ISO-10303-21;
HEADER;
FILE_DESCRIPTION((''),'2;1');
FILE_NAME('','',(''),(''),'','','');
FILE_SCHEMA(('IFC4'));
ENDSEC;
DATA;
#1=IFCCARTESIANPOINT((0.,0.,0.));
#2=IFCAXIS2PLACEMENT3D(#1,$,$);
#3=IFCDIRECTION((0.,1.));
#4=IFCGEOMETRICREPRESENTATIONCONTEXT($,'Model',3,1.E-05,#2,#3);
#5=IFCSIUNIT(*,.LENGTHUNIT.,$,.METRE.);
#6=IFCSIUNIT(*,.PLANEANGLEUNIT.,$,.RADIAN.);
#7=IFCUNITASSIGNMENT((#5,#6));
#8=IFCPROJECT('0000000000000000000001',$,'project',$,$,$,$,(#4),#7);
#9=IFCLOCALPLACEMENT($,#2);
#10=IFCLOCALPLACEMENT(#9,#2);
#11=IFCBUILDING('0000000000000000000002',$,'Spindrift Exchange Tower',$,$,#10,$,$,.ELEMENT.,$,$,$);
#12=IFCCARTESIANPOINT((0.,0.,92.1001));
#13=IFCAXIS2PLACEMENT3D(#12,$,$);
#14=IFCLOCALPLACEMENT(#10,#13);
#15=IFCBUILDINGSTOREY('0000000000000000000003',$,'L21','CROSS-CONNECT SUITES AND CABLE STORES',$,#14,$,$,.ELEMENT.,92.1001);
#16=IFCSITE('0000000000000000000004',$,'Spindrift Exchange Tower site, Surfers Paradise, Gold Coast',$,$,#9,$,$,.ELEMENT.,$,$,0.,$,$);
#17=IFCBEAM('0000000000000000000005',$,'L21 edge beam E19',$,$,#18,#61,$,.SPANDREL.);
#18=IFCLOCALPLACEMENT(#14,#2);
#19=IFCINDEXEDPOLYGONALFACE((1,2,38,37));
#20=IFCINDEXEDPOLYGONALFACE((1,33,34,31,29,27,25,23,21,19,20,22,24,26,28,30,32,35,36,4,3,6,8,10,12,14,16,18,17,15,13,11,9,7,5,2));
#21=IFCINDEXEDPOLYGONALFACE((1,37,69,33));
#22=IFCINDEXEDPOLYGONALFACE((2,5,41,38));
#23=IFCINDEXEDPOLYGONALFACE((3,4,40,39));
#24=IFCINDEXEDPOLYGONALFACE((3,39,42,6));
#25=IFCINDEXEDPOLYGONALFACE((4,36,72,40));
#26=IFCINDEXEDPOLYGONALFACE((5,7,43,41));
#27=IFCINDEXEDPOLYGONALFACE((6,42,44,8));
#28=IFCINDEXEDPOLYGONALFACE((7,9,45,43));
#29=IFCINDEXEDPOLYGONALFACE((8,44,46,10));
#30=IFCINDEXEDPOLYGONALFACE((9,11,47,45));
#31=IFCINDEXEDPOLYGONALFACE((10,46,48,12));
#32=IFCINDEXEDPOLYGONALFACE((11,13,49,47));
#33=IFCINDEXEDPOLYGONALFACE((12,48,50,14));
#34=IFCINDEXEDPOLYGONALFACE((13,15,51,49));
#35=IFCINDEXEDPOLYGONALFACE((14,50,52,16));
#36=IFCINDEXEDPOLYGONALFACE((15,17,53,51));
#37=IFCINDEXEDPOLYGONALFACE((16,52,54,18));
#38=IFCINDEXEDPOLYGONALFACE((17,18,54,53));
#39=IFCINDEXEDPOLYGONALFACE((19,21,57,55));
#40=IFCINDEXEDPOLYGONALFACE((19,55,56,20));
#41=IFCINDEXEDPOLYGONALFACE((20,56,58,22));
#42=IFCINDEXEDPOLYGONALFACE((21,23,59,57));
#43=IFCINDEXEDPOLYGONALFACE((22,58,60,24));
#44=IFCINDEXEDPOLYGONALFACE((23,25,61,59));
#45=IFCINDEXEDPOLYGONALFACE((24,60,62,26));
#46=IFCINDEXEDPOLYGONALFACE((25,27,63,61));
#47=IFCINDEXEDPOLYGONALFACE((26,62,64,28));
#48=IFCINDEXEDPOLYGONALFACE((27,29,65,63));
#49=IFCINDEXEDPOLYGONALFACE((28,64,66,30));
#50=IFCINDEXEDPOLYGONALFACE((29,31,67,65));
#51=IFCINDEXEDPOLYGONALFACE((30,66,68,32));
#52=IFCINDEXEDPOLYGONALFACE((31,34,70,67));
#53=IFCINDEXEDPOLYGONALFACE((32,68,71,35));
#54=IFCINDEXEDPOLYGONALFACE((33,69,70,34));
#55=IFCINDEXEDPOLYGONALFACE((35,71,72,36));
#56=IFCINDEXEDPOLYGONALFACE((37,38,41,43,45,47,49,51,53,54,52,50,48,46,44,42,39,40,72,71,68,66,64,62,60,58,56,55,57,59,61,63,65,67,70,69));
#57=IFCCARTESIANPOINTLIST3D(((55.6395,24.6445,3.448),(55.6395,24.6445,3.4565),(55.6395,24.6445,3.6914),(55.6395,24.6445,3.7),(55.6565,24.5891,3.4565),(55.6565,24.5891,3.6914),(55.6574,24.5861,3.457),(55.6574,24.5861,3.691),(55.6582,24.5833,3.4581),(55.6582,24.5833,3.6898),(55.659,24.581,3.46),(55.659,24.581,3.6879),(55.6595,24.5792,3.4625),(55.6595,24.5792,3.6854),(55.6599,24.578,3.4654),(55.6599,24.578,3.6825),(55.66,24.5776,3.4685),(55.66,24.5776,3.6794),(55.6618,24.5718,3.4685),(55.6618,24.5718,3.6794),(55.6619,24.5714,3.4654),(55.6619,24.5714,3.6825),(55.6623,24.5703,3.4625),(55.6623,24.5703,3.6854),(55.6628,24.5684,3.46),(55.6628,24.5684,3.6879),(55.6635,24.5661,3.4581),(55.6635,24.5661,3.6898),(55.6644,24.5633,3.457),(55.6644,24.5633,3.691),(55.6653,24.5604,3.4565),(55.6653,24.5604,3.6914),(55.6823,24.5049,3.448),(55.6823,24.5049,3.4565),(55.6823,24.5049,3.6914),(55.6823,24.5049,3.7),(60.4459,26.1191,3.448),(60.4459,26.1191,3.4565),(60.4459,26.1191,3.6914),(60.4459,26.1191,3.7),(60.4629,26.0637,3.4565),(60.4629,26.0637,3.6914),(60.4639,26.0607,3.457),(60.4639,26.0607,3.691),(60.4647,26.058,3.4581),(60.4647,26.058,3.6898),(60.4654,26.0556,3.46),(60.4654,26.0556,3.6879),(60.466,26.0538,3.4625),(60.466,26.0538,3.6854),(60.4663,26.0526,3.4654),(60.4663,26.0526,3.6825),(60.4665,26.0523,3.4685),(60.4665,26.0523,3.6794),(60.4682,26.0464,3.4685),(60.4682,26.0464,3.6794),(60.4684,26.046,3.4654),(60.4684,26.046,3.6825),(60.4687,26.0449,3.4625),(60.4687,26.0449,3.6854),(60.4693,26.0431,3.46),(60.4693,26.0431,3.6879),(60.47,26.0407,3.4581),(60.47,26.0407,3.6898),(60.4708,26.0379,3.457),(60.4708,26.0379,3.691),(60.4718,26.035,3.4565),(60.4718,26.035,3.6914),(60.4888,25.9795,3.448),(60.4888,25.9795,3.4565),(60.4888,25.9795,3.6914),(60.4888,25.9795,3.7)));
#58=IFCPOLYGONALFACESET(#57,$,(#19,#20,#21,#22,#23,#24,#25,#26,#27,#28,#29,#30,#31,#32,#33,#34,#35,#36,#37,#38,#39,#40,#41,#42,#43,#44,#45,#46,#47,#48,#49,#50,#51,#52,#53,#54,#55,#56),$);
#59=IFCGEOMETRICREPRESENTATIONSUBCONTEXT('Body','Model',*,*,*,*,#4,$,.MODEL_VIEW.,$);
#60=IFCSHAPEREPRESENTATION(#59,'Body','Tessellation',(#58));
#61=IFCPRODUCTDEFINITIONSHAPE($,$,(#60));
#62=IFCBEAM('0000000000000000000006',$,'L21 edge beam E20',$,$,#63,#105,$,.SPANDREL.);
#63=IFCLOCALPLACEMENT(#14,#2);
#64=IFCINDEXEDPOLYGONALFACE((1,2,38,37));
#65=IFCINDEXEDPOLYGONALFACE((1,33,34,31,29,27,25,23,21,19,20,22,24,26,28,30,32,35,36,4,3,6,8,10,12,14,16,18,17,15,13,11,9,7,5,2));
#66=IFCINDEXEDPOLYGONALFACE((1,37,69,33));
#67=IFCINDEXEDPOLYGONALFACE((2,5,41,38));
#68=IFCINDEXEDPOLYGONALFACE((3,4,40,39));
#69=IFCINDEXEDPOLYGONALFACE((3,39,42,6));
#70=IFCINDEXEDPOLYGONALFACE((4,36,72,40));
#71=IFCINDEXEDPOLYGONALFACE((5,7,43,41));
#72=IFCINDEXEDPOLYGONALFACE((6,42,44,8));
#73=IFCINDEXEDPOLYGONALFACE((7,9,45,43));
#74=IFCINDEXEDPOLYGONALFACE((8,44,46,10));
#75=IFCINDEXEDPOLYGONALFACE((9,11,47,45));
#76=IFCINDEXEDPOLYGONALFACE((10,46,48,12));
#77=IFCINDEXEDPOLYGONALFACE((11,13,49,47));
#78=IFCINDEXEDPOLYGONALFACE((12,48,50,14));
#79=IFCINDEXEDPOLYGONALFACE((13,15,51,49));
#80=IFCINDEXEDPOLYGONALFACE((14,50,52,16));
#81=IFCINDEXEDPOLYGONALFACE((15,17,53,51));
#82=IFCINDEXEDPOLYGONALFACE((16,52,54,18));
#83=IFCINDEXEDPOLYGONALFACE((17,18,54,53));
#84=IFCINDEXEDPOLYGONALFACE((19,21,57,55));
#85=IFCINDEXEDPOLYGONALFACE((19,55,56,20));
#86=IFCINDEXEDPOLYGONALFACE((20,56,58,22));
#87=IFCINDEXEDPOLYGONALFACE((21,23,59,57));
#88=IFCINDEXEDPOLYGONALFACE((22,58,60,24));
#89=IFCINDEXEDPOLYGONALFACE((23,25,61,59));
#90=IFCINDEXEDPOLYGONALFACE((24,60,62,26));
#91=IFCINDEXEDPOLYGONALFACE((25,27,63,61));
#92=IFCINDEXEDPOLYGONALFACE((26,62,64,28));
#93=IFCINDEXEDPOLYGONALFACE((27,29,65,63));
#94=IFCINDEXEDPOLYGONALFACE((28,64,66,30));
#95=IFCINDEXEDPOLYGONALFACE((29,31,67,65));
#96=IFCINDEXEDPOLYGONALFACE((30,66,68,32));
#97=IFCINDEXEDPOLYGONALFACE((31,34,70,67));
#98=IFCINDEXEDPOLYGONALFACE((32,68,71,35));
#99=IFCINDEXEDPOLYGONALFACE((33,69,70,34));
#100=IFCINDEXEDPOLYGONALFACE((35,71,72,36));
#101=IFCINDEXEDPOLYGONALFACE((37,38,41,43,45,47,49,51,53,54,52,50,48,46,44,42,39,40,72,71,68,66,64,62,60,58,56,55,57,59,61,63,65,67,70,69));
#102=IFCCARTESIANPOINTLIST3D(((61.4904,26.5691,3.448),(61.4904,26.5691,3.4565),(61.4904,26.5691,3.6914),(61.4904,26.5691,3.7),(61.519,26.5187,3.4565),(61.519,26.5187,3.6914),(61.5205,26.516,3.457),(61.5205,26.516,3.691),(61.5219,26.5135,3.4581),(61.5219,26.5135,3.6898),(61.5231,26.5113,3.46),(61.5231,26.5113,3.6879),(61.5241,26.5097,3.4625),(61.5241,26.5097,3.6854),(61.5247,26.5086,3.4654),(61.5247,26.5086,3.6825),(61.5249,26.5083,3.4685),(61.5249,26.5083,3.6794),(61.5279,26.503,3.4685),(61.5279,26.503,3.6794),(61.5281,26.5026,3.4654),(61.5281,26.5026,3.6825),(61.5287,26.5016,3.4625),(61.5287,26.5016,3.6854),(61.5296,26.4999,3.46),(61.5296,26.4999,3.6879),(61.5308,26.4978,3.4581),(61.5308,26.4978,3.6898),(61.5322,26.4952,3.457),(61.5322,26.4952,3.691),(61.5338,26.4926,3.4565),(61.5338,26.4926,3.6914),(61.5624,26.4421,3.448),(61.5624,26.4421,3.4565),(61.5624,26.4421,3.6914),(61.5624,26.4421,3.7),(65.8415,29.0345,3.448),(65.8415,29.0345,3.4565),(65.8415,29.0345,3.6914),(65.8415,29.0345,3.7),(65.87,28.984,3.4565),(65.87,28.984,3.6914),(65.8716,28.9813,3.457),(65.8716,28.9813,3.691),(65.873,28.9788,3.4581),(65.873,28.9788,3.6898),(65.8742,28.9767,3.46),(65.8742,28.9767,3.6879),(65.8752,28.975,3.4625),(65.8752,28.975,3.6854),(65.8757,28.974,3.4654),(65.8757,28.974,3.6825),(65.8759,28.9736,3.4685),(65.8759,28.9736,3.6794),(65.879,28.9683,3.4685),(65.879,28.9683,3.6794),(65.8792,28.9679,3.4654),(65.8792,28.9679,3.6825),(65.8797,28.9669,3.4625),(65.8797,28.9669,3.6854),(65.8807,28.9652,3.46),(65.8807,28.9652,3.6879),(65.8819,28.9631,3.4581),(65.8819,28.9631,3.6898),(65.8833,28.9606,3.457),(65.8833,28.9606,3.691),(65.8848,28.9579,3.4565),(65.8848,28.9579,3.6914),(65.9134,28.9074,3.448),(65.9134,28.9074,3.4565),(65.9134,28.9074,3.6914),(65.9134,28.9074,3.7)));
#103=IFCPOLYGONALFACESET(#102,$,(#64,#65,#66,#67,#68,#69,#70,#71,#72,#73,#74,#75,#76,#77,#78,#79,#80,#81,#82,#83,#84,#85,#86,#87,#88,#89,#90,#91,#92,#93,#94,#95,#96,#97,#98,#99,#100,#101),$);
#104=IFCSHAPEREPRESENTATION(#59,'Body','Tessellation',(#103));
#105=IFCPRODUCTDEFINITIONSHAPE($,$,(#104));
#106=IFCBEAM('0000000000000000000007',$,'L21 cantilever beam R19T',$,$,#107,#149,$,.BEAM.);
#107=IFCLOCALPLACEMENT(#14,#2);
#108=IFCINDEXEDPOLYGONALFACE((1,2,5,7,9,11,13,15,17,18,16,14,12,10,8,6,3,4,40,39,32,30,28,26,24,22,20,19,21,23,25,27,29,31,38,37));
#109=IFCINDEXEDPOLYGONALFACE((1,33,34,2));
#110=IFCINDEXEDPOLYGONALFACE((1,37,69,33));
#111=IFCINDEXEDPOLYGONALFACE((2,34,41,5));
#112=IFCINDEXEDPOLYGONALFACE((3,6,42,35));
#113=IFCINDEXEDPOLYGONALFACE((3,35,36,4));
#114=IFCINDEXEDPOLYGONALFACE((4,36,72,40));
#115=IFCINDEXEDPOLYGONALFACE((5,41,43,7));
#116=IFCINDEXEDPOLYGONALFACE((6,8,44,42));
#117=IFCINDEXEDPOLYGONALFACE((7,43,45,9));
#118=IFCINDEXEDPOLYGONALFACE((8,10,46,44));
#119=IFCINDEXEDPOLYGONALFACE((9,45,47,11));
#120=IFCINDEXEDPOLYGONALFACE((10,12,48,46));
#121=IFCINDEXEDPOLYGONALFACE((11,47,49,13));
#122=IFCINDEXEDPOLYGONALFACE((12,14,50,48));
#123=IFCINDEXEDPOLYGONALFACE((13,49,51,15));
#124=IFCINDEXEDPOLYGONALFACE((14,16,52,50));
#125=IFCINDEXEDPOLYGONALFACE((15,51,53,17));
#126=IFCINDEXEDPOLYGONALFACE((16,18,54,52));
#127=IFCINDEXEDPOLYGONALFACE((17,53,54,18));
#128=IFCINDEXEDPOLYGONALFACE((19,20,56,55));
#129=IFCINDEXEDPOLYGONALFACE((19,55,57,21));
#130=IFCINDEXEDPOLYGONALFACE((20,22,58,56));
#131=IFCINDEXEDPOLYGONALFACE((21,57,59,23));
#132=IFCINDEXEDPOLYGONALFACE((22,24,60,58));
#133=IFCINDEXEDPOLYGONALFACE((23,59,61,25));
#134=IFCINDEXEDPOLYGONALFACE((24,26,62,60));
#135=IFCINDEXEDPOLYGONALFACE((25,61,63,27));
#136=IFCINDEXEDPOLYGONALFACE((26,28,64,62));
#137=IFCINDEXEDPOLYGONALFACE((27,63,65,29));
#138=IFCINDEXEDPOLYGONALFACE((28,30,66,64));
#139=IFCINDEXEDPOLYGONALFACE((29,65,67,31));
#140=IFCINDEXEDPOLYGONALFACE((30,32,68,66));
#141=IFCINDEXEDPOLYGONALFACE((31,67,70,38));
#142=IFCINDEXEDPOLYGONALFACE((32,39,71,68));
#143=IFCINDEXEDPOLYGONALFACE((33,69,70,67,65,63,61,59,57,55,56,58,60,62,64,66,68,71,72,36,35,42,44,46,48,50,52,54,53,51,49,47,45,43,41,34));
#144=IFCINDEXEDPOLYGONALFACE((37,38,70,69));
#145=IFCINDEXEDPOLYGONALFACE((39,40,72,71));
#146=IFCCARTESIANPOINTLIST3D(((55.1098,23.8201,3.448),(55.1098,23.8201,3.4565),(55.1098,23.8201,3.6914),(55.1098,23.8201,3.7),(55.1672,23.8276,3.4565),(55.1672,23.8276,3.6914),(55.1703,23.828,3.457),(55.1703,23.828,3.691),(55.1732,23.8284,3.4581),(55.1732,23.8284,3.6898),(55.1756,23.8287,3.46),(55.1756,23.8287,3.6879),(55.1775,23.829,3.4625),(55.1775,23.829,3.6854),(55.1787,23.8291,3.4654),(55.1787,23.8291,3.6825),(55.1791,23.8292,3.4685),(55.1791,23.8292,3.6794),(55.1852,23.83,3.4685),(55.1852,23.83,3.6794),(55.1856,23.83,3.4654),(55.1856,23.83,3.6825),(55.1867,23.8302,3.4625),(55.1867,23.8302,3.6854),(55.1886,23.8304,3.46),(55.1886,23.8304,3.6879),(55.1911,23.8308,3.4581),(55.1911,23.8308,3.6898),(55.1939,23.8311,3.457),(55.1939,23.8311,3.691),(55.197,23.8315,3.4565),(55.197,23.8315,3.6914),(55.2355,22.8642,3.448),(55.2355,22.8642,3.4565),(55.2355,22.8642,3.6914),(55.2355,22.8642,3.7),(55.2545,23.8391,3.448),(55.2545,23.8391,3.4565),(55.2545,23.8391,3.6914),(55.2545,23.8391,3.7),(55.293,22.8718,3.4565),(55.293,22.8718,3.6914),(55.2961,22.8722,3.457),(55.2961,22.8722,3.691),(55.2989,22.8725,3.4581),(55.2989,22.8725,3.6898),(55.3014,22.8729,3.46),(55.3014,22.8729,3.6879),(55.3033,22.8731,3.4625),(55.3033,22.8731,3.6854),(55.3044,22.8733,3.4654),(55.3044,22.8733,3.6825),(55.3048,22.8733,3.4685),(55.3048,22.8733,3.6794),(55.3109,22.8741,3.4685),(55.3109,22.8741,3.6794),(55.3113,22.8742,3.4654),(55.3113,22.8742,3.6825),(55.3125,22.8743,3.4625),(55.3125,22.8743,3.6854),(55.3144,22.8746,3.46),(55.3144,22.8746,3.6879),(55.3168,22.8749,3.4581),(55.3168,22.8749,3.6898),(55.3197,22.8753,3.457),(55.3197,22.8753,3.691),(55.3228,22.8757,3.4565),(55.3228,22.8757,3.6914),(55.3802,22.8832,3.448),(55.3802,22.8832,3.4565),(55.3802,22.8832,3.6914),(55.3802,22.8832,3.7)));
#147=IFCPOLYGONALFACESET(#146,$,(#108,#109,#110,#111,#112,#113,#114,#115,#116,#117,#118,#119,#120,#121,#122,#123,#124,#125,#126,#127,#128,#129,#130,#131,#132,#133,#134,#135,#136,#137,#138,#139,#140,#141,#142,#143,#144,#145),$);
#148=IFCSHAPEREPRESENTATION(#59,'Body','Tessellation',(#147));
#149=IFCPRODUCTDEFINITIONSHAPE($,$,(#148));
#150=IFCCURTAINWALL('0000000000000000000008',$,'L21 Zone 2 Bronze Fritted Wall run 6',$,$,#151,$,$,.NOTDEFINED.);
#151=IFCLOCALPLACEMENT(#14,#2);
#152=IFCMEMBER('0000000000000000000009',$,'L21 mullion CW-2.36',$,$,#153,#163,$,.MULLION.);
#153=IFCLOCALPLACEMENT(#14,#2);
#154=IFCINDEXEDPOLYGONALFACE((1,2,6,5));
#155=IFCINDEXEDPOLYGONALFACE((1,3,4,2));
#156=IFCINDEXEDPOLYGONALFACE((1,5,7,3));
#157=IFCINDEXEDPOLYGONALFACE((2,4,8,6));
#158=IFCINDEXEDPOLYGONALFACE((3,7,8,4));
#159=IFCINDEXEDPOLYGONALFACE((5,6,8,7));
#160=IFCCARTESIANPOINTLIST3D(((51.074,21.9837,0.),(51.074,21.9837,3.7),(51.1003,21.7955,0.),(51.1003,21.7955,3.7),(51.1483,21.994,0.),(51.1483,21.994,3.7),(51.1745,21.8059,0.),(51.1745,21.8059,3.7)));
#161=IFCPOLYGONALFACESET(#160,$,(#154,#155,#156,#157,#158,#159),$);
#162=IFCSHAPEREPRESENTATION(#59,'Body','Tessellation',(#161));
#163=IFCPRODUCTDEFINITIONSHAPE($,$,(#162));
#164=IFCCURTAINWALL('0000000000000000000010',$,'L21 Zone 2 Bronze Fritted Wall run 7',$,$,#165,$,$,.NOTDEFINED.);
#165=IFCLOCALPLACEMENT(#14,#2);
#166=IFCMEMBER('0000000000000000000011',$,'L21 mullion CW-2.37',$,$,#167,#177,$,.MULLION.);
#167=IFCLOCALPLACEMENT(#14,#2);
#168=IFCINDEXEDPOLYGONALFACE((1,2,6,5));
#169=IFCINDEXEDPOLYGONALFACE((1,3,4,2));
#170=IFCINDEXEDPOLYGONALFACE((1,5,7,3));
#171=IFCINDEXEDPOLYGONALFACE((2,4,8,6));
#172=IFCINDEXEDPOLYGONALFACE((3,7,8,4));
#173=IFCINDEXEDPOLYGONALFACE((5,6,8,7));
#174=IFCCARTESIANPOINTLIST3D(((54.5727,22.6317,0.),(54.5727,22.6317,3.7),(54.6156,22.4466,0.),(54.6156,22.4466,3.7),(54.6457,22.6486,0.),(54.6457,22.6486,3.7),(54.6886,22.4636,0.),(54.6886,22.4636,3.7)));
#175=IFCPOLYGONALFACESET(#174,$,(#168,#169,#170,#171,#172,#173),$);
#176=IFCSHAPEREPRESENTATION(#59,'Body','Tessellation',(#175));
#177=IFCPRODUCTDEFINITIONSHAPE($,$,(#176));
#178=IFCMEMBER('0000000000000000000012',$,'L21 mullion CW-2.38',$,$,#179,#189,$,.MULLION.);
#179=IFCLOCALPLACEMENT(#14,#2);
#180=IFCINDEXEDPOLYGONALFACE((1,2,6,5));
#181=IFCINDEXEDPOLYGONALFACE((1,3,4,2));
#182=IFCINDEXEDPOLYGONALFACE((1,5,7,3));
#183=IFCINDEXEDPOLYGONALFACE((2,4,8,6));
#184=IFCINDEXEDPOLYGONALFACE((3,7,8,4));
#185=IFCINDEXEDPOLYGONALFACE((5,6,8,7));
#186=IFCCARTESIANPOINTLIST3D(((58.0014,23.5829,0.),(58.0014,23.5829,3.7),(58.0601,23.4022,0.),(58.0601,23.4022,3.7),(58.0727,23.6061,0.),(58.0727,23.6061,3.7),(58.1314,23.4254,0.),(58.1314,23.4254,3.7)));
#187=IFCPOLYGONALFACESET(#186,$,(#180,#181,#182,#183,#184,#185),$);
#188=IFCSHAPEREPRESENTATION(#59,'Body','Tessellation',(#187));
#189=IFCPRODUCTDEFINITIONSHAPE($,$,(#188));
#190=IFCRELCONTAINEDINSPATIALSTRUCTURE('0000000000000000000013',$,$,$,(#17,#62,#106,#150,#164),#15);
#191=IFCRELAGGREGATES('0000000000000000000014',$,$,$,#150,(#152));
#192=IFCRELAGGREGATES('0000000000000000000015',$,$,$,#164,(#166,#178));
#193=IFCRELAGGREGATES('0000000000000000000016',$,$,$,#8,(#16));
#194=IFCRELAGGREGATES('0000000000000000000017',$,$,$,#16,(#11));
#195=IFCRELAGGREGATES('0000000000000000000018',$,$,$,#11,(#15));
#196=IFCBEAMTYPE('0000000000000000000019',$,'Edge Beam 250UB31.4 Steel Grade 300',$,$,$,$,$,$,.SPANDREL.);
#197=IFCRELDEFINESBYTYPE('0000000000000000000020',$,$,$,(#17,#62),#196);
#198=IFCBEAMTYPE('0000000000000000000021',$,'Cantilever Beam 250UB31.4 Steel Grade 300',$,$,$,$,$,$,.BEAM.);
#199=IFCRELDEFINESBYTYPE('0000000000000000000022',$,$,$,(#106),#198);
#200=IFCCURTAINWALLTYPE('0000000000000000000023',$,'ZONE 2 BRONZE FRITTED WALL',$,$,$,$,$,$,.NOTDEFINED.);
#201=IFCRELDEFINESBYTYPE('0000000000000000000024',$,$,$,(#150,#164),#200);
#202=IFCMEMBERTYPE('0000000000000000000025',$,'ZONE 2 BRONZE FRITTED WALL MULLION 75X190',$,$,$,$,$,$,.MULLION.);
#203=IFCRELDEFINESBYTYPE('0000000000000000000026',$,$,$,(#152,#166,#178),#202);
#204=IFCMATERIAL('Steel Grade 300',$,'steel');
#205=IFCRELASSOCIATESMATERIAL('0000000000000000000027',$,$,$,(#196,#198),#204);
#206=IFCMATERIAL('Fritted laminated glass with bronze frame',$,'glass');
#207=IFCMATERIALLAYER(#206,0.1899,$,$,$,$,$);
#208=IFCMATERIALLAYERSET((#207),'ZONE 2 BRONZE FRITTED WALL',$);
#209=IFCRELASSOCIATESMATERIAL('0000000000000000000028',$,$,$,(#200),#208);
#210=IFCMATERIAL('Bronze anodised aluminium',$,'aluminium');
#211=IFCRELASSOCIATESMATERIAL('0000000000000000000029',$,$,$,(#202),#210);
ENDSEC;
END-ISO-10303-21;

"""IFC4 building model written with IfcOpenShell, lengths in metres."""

from ifc_helpers import new_model, si_unit, direction, frame, origin, origin_2d, place, context, subcontext, project, spatial, rectangle, i_section, extrude, source, transform, mapped, material, layer, layer_set, material_profile, profile_set, type_object, element, aggregate, save


model = new_model("IFC4")

# Units and contexts
model_context = context("Model", 3, precision=1e-05, world=origin(), true_north=direction((0.0, 1.0)))
body_context = subcontext(model_context, "Body", "Model", "MODEL_VIEW")
ifc_project = project(units=[si_unit("LENGTHUNIT", "METRE"), si_unit("PLANEANGLEUNIT", "RADIAN")], contexts=[model_context])

# Site, building, storey
site_placement = place(None, origin())
site = spatial("IfcSite", under=ifc_project, at=site_placement, Name="Spindrift Exchange Tower site, Surfers Paradise, Gold Coast", CompositionType="ELEMENT", RefElevation=0.0)
building_placement = place(site_placement, origin())
building = spatial("IfcBuilding", under=site, at=building_placement, Name="Spindrift Exchange Tower", CompositionType="ELEMENT")
storey_placement = place(building_placement, frame((0.0, 0.0, 92.1001)))
storey = spatial("IfcBuildingStorey", under=building, at=storey_placement, Name="L21", Description="CROSS-CONNECT SUITES AND CABLE STORES", CompositionType="ELEMENT", Elevation=92.1001)

# Beams
ifc_material_1 = material(Name="Steel Grade 300", Category="steel")
ifc_material_profile_1 = material_profile(ifc_material_1, i_section(OverallWidth=0.146, OverallDepth=0.252, WebThickness=0.0061, FlangeThickness=0.0085, FilletRadius=0.012, at=origin_2d()), Name="250UB31.4")
ifc_profile_set_1 = profile_set([ifc_material_profile_1], Name="Steel Grade 300")
beam_type_1 = type_object("IfcBeamType", Name="Edge Beam 250UB31.4 Steel Grade 300", PredefinedType="SPANDREL", material=ifc_profile_set_1)
shared_shape_1 = source(origin(), body_context, "Body", "SweptSolid", [
    extrude(i_section(OverallWidth=0.146, OverallDepth=0.252, WebThickness=0.0061, FlangeThickness=0.0085, FilletRadius=0.012, at=origin_2d()), origin(), (0.0, 0.0, 1.0), 5.0276),
])
beam_1_placement = place(storey_placement, frame((55.6609, 24.5747, 3.574), z_axis=(0.956018, 0.293308, 0.0), x_axis=(-0.293308, 0.956018, 0.0)))
element("IfcBeam", 1, at=beam_1_placement, inside=storey, type_object=beam_type_1, Name="L21 edge beam E19", PredefinedType="SPANDREL", context=body_context, shape_type="MappedRepresentation", body=[
    mapped(shared_shape_1, transform((0.0, 0.0, 0.0), scale=1.0)),
])
shared_shape_2 = source(origin(), body_context, "Body", "SweptSolid", [
    extrude(i_section(OverallWidth=0.146, OverallDepth=0.252, WebThickness=0.0061, FlangeThickness=0.0085, FilletRadius=0.012, at=origin_2d()), origin(), (0.0, 0.0, 1.0), 5.001),
])
beam_2_placement = place(storey_placement, frame((61.5264, 26.5056, 3.574), z_axis=(0.870046, 0.492971, 0.0), x_axis=(-0.492971, 0.870046, 0.0)))
element("IfcBeam", 2, at=beam_2_placement, inside=storey, type_object=beam_type_1, Name="L21 edge beam E20", PredefinedType="SPANDREL", context=body_context, shape_type="MappedRepresentation", body=[
    mapped(shared_shape_2, transform((0.0, 0.0, 0.0), scale=1.0)),
])
ifc_material_profile_2 = material_profile(ifc_material_1, i_section(OverallWidth=0.146, OverallDepth=0.252, WebThickness=0.0061, FlangeThickness=0.0085, FilletRadius=0.012, at=origin_2d()), Name="250UB31.4")
ifc_profile_set_2 = profile_set([ifc_material_profile_2], Name="Steel Grade 300")
beam_type_2 = type_object("IfcBeamType", Name="Cantilever Beam 250UB31.4 Steel Grade 300", PredefinedType="BEAM", material=ifc_profile_set_2)
shared_shape_3 = source(origin(), body_context, "Body", "SweptSolid", [
    extrude(i_section(OverallWidth=0.146, OverallDepth=0.252, WebThickness=0.0061, FlangeThickness=0.0085, FilletRadius=0.012, at=origin_2d()), origin(), (0.0, 0.0, 1.0), 0.9641),
])
beam_3_placement = place(storey_placement, frame((55.1821, 23.8296, 3.574), z_axis=(0.130422, -0.991459, 0.0), x_axis=(0.991459, 0.130422, 0.0)))
element("IfcBeam", 3, at=beam_3_placement, inside=storey, type_object=beam_type_2, Name="L21 cantilever beam R19T", PredefinedType="BEAM", context=body_context, shape_type="MappedRepresentation", body=[
    mapped(shared_shape_3, transform((0.0, 0.0, 0.0), scale=1.0)),
])

# Curtain wall, member
ifc_material_2 = material(Name="Fritted laminated glass with bronze frame", Category="glass")
ifc_layer_1 = layer(ifc_material_2, 0.1899)
ifc_layer_set_1 = layer_set([ifc_layer_1], Name="ZONE 2 BRONZE FRITTED WALL")
curtain_wall_type = type_object("IfcCurtainWallType", Name="ZONE 2 BRONZE FRITTED WALL", PredefinedType="NOTDEFINED", material=ifc_layer_set_1)
curtain_wall_1_placement = place(storey_placement, origin())
curtain_wall_1 = element("IfcCurtainWall", 4, at=curtain_wall_1_placement, inside=storey, type_object=curtain_wall_type, Name="L21 Zone 2 Bronze Fritted Wall run 6", PredefinedType="NOTDEFINED")
ifc_material_3 = material(Name="Bronze anodised aluminium", Category="aluminium")
ifc_material_profile_3 = material_profile(ifc_material_3, rectangle(XDim=0.075, YDim=0.1899, at=origin_2d()), Name="ZONE 2 BRONZE FRITTED WALL MULLION 75X190")
ifc_profile_set_3 = profile_set([ifc_material_profile_3], Name="Bronze anodised aluminium")
member_type_1 = type_object("IfcMemberType", Name="ZONE 2 BRONZE FRITTED WALL MULLION 75X190", PredefinedType="MULLION", material=ifc_profile_set_3)
shared_shape_4 = source(origin(), body_context, "Body", "SweptSolid", [
    extrude(rectangle(XDim=0.075, YDim=0.1899, at=origin_2d()), origin(), (0.0, 0.0, 1.0), 3.7),
])
member_1_placement = place(storey_placement, frame((51.1243, 21.8948, 0.0), z_axis=(0.0, 0.0, 1.0), x_axis=(0.990423, 0.138065, 0.0)))
member_1 = element("IfcMember", 5, at=member_1_placement, type_object=member_type_1, Name="L21 mullion CW-2.36", PredefinedType="MULLION", context=body_context, shape_type="MappedRepresentation", body=[
    mapped(shared_shape_4, transform((0.0, 0.0, 0.0), scale=1.0)),
])

# Curtain wall, members
curtain_wall_2_placement = place(storey_placement, origin())
curtain_wall_2 = element("IfcCurtainWall", 6, at=curtain_wall_2_placement, inside=storey, type_object=curtain_wall_type, Name="L21 Zone 2 Bronze Fritted Wall run 7", PredefinedType="NOTDEFINED")
member_2_placement = place(storey_placement, frame((54.6306, 22.5476, 0.0), z_axis=(0.0, 0.0, 1.0), x_axis=(0.974165, 0.225839, 0.0)))
member_2 = element("IfcMember", 7, at=member_2_placement, type_object=member_type_1, Name="L21 mullion CW-2.37", PredefinedType="MULLION", context=body_context, shape_type="MappedRepresentation", body=[
    mapped(shared_shape_4, transform((0.0, 0.0, 0.0), scale=1.0)),
])
member_3_placement = place(storey_placement, frame((58.0664, 23.5042, 0.0), z_axis=(0.0, 0.0, 1.0), x_axis=(0.951043, 0.309058, 0.0)))
member_3 = element("IfcMember", 8, at=member_3_placement, type_object=member_type_1, Name="L21 mullion CW-2.38", PredefinedType="MULLION", context=body_context, shape_type="MappedRepresentation", body=[
    mapped(shared_shape_4, transform((0.0, 0.0, 0.0), scale=1.0)),
])

aggregate(curtain_wall_1, [member_1])
aggregate(curtain_wall_2, [member_2, member_3])

save(model, "model.ifc")
